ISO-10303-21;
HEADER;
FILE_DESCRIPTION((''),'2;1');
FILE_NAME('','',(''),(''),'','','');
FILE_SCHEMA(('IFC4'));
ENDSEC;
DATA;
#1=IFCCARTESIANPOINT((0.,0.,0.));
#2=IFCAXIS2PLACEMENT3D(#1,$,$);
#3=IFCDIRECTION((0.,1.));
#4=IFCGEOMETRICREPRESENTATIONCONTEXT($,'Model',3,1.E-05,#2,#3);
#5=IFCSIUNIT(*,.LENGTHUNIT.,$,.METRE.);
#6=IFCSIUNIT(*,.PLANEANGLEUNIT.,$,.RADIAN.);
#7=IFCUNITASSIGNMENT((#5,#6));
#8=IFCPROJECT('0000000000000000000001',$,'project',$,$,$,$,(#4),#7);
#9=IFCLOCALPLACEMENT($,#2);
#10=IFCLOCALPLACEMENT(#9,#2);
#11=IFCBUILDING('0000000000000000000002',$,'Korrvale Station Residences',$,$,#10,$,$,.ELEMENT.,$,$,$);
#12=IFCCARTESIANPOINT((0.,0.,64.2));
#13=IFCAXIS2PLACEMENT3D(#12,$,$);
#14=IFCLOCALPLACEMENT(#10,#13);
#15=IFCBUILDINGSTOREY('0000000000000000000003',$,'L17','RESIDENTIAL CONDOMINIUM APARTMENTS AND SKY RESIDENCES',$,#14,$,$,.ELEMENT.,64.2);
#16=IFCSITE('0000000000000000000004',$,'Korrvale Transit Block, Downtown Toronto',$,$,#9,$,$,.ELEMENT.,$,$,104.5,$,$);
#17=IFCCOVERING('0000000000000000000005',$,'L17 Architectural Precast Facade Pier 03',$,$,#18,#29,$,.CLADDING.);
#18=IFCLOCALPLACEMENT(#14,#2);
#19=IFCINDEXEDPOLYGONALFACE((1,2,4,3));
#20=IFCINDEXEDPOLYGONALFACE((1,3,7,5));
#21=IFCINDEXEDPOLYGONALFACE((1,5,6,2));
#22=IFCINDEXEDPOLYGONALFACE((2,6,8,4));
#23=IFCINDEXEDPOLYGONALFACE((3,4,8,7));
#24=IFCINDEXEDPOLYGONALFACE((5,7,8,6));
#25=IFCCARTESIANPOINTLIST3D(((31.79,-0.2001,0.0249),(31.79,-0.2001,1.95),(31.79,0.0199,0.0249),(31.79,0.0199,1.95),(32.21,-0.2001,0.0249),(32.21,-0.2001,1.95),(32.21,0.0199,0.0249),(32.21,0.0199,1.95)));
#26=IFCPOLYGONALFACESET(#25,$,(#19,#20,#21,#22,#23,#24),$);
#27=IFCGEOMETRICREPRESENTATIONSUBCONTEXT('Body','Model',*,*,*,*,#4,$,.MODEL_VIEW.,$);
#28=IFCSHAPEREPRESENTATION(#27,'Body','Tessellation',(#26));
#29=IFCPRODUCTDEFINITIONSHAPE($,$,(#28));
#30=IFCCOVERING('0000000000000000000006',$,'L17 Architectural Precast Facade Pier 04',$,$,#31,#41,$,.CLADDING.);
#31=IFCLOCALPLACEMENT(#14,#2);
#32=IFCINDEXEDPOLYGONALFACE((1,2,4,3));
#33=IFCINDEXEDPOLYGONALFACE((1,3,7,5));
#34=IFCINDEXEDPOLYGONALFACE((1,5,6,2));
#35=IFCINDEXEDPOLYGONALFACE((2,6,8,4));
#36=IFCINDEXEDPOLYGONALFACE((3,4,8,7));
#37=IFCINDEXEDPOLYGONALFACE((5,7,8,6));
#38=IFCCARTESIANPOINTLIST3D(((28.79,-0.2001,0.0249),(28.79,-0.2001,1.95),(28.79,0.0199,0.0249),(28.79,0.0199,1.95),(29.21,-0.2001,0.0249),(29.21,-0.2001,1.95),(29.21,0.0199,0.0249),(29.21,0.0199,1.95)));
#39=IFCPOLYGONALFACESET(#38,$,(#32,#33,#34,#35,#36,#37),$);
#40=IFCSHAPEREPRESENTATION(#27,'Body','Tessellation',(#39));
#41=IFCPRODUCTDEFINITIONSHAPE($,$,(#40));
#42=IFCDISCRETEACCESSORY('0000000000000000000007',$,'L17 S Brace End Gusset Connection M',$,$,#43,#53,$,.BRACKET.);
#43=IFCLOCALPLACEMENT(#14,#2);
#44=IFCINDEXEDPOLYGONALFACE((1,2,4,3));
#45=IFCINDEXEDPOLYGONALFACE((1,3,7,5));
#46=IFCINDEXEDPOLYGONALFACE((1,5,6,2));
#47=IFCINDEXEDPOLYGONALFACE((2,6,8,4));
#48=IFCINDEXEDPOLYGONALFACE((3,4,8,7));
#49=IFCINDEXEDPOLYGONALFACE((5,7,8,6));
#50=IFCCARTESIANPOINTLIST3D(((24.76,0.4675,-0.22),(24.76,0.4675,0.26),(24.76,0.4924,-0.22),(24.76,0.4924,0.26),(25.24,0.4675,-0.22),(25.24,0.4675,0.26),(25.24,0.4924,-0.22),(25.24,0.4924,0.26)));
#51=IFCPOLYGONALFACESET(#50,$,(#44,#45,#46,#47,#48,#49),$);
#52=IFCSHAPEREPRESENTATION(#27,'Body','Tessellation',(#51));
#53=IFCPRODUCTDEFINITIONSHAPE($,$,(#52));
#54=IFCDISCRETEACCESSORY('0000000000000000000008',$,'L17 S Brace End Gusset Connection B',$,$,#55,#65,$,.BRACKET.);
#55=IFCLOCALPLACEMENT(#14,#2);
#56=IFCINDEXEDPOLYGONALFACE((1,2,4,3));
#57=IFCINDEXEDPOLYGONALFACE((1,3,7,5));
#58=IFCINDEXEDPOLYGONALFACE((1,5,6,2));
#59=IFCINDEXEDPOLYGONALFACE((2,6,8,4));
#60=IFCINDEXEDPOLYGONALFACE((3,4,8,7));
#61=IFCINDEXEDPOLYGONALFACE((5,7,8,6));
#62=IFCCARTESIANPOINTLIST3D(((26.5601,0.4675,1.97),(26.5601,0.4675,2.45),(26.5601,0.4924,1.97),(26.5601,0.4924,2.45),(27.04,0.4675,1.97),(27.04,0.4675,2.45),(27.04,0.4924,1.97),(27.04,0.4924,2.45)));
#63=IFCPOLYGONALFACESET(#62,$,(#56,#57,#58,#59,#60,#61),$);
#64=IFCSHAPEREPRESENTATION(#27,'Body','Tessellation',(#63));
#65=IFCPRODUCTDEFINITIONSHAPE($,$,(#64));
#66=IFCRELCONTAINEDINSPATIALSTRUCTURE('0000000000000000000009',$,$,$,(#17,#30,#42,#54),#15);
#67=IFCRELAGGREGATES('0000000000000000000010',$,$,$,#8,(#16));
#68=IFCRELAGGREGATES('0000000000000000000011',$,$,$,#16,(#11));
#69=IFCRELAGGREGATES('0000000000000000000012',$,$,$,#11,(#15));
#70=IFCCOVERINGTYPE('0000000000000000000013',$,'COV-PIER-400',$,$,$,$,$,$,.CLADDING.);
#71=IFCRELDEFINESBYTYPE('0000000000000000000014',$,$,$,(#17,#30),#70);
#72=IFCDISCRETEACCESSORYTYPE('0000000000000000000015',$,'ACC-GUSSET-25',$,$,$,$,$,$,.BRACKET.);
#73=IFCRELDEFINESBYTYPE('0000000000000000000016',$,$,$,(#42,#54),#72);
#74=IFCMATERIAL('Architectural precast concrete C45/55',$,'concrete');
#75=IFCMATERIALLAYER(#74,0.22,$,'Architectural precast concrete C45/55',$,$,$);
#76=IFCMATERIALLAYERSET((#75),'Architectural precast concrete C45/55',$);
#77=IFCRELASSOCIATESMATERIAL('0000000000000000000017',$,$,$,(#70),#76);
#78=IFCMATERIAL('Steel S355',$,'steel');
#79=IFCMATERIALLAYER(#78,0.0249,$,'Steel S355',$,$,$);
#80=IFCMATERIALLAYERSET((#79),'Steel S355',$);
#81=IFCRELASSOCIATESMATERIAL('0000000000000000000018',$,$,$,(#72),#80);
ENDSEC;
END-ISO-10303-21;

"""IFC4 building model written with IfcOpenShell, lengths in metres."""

from ifc_helpers import new_model, si_unit, direction, frame, origin, origin_2d, place, context, subcontext, project, spatial, rectangle, extrude, material, layer, layer_set, type_object, element, save


model = new_model("IFC4")

# Units and contexts
model_context = context("Model", 3, precision=1e-05, world=origin(), true_north=direction((0.0, 1.0)))
body_context = subcontext(model_context, "Body", "Model", "MODEL_VIEW")
ifc_project = project(units=[si_unit("LENGTHUNIT", "METRE"), si_unit("PLANEANGLEUNIT", "RADIAN")], contexts=[model_context])

# Site, building, storey
site_placement = place(None, origin())
site = spatial("IfcSite", under=ifc_project, at=site_placement, Name="Korrvale Transit Block, Downtown Toronto", CompositionType="ELEMENT", RefElevation=104.5)
building_placement = place(site_placement, origin())
building = spatial("IfcBuilding", under=site, at=building_placement, Name="Korrvale Station Residences", CompositionType="ELEMENT")
storey_placement = place(building_placement, frame((0.0, 0.0, 64.2)))
storey = spatial("IfcBuildingStorey", under=building, at=storey_placement, Name="L17", Description="RESIDENTIAL CONDOMINIUM APARTMENTS AND SKY RESIDENCES", CompositionType="ELEMENT", Elevation=64.2)

# Shared definitions
ifc_material_1 = material(Name="Steel S355", Category="steel")

# Coverings
ifc_material_2 = material(Name="Architectural precast concrete C45/55", Category="concrete")
ifc_layer_1 = layer(ifc_material_2, 0.22, Name="Architectural precast concrete C45/55")
ifc_layer_set_1 = layer_set([ifc_layer_1], Name="Architectural precast concrete C45/55")
covering_type = type_object("IfcCoveringType", Name="COV-PIER-400", PredefinedType="CLADDING", material=ifc_layer_set_1)
for number, where, z_axis, x_axis, name in (
    (1, (32.0, -0.0901, 0.0249), (0.0, 0.0, 1.0), (1.0, 0.0, 0.0), "L17 Architectural Precast Facade Pier 03"),
    (2, (29.0, -0.0901, 0.0249), (0.0, 0.0, 1.0), (1.0, 0.0, 0.0), "L17 Architectural Precast Facade Pier 04"),
):
    element("IfcCovering", number, at=place(storey_placement, frame(where, z_axis=z_axis, x_axis=x_axis)), inside=storey, type_object=covering_type, Name=name, PredefinedType="CLADDING", context=body_context, shape_type="SweptSolid", body=[
        extrude(rectangle(XDim=0.4199, YDim=0.22, at=origin_2d()), origin(), (0.0, 0.0, 1.0), 1.925),
    ])

# Discrete accessories
ifc_layer_2 = layer(ifc_material_1, 0.0249, Name="Steel S355")
ifc_layer_set_2 = layer_set([ifc_layer_2], Name="Steel S355")
discrete_accessory_type = type_object("IfcDiscreteAccessoryType", Name="ACC-GUSSET-25", PredefinedType="BRACKET", material=ifc_layer_set_2)
for number, where, z_axis, x_axis, name in (
    (3, (25.0, 0.48, -0.22), (0.0, 0.0, 1.0), (1.0, 0.0, 0.0), "L17 S Brace End Gusset Connection M"),
    (4, (26.8, 0.48, 1.97), (0.0, 0.0, 1.0), (1.0, 0.0, 0.0), "L17 S Brace End Gusset Connection B"),
):
    element("IfcDiscreteAccessory", number, at=place(storey_placement, frame(where, z_axis=z_axis, x_axis=x_axis)), inside=storey, type_object=discrete_accessory_type, Name=name, PredefinedType="BRACKET", context=body_context, shape_type="SweptSolid", body=[
        extrude(rectangle(XDim=0.48, YDim=0.0249, at=origin_2d()), origin(), (0.0, 0.0, 1.0), 0.48),
    ])

save(model, "model.ifc")
